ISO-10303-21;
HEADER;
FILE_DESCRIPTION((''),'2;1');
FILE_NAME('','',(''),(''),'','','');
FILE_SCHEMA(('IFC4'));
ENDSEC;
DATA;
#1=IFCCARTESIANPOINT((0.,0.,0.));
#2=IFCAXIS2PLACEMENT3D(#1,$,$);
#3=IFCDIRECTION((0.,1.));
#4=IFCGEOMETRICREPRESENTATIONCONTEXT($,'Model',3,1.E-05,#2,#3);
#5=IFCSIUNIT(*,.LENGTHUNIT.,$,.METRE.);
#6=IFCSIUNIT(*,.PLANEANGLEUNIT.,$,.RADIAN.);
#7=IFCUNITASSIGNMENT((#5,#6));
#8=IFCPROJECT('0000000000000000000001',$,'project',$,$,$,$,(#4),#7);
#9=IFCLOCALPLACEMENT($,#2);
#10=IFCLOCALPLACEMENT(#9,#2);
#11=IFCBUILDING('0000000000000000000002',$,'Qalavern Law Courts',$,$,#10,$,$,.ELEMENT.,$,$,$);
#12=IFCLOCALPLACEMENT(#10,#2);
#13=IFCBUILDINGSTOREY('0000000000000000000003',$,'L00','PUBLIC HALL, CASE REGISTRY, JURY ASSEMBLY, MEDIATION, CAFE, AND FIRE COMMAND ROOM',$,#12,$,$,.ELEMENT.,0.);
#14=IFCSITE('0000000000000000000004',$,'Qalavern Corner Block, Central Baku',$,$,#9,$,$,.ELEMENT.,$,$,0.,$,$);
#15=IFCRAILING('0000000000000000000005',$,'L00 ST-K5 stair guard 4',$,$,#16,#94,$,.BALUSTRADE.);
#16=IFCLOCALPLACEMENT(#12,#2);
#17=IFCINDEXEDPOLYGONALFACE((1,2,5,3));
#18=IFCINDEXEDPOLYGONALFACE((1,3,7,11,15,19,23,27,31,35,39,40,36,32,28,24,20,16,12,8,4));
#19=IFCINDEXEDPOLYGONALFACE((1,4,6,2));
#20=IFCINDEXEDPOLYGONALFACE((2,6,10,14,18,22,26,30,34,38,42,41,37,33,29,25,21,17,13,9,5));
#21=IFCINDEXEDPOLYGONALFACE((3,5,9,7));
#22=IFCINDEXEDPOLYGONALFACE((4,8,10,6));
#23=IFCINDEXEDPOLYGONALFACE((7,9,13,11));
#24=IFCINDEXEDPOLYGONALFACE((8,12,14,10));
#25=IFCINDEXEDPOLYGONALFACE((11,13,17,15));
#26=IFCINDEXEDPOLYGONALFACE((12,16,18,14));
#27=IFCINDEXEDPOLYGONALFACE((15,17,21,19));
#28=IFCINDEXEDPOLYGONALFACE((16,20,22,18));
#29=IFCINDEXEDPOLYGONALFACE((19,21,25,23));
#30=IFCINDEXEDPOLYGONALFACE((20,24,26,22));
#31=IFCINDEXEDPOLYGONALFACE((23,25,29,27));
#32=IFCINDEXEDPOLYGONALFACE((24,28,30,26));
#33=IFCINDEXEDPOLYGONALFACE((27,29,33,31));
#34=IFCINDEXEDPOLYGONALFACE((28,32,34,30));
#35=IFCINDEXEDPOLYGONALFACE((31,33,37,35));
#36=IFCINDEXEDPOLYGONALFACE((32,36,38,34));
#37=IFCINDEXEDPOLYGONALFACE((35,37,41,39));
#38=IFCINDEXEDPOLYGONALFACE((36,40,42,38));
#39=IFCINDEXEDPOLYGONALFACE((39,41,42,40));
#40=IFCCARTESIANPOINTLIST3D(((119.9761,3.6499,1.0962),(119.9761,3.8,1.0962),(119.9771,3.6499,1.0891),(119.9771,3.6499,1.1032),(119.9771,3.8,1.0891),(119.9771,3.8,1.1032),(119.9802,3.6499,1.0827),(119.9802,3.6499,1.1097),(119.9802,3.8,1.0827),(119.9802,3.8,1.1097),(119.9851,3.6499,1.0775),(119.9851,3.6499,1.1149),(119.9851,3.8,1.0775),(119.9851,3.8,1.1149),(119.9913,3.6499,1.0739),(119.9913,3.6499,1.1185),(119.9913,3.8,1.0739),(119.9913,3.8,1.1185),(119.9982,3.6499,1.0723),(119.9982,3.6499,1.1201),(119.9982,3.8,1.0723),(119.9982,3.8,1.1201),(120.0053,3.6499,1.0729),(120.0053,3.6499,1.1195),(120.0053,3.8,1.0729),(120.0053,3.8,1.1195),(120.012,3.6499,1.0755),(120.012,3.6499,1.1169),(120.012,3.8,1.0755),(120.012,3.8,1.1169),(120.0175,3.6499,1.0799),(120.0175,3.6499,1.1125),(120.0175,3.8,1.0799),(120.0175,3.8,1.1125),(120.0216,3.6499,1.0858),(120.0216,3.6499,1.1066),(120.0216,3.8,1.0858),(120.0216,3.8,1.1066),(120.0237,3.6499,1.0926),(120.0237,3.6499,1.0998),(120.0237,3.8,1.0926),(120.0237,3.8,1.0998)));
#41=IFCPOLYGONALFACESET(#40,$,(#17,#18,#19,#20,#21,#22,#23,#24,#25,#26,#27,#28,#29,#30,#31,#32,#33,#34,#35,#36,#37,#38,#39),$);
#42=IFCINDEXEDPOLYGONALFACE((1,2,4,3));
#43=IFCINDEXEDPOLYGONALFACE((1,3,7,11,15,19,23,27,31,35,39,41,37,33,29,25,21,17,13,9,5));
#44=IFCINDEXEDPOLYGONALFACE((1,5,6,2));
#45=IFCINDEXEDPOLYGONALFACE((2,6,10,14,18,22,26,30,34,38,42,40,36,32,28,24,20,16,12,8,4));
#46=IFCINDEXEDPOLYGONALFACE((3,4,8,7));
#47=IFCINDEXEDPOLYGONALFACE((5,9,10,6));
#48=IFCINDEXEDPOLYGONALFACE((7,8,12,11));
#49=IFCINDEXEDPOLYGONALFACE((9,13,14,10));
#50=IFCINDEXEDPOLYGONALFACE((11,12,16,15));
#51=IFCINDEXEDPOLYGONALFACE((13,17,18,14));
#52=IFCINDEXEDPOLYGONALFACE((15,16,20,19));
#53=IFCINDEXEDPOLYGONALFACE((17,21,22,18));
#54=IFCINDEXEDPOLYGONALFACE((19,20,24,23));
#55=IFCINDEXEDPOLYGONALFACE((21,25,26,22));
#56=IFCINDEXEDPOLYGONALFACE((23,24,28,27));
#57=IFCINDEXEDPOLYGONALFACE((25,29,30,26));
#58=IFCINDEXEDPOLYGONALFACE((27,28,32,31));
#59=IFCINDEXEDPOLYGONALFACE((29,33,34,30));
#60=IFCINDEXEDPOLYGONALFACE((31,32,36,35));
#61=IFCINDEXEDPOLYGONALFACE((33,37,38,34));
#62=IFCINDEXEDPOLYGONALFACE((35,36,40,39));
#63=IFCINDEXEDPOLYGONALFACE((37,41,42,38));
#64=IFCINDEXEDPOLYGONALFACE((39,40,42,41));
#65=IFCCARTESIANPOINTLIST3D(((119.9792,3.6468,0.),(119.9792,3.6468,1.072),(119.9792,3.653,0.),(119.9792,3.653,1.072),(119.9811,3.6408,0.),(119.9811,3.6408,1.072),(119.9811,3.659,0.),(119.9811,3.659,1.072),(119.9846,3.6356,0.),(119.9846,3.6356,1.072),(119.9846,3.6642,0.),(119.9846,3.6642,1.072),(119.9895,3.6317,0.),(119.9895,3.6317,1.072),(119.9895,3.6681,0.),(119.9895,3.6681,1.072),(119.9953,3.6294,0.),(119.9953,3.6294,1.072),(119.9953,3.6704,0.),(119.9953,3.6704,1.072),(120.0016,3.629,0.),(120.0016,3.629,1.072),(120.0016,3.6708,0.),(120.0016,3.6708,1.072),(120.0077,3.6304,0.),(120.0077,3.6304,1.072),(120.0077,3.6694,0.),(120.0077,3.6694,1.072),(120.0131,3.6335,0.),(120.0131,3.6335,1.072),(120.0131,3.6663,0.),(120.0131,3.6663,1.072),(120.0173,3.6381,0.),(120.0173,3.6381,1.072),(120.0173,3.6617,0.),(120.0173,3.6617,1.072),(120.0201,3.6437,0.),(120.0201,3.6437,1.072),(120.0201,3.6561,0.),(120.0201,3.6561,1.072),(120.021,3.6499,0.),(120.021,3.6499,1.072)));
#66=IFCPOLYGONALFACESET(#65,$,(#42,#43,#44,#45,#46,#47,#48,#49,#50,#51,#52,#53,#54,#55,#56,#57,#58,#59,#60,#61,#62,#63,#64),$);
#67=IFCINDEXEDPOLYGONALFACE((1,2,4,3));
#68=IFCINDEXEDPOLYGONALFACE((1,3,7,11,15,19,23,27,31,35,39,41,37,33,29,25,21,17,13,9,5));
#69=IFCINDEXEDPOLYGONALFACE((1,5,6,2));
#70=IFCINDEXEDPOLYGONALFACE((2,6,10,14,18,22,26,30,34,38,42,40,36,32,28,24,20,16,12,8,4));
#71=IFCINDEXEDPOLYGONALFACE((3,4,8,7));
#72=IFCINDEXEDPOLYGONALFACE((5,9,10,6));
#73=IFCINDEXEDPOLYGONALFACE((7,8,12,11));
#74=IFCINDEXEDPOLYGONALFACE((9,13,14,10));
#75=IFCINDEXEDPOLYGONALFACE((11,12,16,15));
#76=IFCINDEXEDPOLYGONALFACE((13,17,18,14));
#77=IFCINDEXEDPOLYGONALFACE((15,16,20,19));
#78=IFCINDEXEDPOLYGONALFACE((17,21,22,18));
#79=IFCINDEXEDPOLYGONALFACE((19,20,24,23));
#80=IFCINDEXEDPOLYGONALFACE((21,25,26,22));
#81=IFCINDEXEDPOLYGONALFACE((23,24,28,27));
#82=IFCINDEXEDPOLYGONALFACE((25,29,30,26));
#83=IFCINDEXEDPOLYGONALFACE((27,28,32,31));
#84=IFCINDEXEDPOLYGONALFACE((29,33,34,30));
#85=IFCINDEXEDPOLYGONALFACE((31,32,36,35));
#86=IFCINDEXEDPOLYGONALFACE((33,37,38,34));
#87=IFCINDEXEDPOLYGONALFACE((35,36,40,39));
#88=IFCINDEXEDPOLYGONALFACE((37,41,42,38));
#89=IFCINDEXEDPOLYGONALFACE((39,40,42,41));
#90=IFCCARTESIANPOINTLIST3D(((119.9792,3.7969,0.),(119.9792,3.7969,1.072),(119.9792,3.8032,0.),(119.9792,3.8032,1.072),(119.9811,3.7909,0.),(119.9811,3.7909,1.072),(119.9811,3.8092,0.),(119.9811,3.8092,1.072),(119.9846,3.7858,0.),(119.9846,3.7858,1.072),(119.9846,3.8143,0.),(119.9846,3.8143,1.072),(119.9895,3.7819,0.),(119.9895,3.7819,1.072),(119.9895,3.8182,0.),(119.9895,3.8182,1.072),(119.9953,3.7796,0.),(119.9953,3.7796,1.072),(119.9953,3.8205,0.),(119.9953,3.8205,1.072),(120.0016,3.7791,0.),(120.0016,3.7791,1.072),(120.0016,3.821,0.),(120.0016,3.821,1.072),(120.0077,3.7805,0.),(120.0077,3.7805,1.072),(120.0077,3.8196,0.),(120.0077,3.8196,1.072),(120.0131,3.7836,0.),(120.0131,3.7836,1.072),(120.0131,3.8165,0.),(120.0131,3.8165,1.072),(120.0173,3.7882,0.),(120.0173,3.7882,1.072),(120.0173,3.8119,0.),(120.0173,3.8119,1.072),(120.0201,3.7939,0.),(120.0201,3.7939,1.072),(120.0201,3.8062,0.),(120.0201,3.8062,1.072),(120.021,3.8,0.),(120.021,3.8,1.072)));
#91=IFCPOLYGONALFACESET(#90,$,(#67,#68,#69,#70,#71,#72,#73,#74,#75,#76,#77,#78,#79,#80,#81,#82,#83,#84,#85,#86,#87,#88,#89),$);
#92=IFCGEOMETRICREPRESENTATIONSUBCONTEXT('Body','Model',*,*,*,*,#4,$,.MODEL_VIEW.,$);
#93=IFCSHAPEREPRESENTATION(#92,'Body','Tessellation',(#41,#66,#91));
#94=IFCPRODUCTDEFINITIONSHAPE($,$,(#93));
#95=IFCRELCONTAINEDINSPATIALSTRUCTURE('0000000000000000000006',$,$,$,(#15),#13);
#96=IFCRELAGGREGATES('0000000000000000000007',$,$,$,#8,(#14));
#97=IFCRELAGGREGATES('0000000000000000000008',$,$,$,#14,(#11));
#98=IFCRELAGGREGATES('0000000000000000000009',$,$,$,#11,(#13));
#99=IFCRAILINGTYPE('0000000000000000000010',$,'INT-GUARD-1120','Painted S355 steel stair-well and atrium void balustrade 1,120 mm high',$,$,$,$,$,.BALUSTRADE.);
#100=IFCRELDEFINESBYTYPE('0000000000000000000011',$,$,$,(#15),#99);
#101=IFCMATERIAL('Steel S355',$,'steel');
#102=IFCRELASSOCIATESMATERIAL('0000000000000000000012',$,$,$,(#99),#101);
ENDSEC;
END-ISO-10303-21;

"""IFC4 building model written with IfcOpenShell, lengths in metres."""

from ifc_helpers import new_model, si_unit, direction, frame, origin, origin_2d, place, context, subcontext, project, spatial, circle, extrude, material, type_object, element, save


model = new_model("IFC4")

# Units and contexts
model_context = context("Model", 3, precision=1e-05, world=origin(), true_north=direction((0.0, 1.0)))
body_context = subcontext(model_context, "Body", "Model", "MODEL_VIEW")
ifc_project = project(units=[si_unit("LENGTHUNIT", "METRE"), si_unit("PLANEANGLEUNIT", "RADIAN")], contexts=[model_context])

# Site, building, storey
site_placement = place(None, origin())
site = spatial("IfcSite", under=ifc_project, at=site_placement, Name="Qalavern Corner Block, Central Baku", CompositionType="ELEMENT", RefElevation=0.0)
building_placement = place(site_placement, origin())
building = spatial("IfcBuilding", under=site, at=building_placement, Name="Qalavern Law Courts", CompositionType="ELEMENT")
storey_placement = place(building_placement, origin())
storey = spatial("IfcBuildingStorey", under=building, at=storey_placement, Name="L00", Description="PUBLIC HALL, CASE REGISTRY, JURY ASSEMBLY, MEDIATION, CAFE, AND FIRE COMMAND ROOM", CompositionType="ELEMENT", Elevation=0.0)

# Shared definitions
ifc_material_1 = material(Name="Steel S355", Category="steel")

# Railing
railing_type_1 = type_object("IfcRailingType", Name="INT-GUARD-1120", Description="Painted S355 steel stair-well and atrium void balustrade 1,120 mm high", PredefinedType="BALUSTRADE", material=ifc_material_1)
railing_1_placement = place(storey_placement, frame((120.0, 3.6499, 0.0)))
element("IfcRailing", 1, at=railing_1_placement, inside=storey, type_object=railing_type_1, Name="L00 ST-K5 stair guard 4", PredefinedType="BALUSTRADE", context=body_context, shape_type="SweptSolid", body=[
    extrude(circle(Radius=0.0239, at=origin_2d()), frame((0.0, 0.0, 1.0962), z_axis=(0.0, 1.0, 0.0), x_axis=(-1.0, 0.0, 0.0)), (0.0, 0.0, 1.0), 0.1501),
    extrude(circle(Radius=0.021, at=origin_2d()), origin(), (0.0, 0.0, 1.0), 1.072),
    extrude(circle(Radius=0.021, at=origin_2d()), frame((0.0, 0.1501, 0.0)), (0.0, 0.0, 1.0), 1.072),
])

save(model, "model.ifc")
